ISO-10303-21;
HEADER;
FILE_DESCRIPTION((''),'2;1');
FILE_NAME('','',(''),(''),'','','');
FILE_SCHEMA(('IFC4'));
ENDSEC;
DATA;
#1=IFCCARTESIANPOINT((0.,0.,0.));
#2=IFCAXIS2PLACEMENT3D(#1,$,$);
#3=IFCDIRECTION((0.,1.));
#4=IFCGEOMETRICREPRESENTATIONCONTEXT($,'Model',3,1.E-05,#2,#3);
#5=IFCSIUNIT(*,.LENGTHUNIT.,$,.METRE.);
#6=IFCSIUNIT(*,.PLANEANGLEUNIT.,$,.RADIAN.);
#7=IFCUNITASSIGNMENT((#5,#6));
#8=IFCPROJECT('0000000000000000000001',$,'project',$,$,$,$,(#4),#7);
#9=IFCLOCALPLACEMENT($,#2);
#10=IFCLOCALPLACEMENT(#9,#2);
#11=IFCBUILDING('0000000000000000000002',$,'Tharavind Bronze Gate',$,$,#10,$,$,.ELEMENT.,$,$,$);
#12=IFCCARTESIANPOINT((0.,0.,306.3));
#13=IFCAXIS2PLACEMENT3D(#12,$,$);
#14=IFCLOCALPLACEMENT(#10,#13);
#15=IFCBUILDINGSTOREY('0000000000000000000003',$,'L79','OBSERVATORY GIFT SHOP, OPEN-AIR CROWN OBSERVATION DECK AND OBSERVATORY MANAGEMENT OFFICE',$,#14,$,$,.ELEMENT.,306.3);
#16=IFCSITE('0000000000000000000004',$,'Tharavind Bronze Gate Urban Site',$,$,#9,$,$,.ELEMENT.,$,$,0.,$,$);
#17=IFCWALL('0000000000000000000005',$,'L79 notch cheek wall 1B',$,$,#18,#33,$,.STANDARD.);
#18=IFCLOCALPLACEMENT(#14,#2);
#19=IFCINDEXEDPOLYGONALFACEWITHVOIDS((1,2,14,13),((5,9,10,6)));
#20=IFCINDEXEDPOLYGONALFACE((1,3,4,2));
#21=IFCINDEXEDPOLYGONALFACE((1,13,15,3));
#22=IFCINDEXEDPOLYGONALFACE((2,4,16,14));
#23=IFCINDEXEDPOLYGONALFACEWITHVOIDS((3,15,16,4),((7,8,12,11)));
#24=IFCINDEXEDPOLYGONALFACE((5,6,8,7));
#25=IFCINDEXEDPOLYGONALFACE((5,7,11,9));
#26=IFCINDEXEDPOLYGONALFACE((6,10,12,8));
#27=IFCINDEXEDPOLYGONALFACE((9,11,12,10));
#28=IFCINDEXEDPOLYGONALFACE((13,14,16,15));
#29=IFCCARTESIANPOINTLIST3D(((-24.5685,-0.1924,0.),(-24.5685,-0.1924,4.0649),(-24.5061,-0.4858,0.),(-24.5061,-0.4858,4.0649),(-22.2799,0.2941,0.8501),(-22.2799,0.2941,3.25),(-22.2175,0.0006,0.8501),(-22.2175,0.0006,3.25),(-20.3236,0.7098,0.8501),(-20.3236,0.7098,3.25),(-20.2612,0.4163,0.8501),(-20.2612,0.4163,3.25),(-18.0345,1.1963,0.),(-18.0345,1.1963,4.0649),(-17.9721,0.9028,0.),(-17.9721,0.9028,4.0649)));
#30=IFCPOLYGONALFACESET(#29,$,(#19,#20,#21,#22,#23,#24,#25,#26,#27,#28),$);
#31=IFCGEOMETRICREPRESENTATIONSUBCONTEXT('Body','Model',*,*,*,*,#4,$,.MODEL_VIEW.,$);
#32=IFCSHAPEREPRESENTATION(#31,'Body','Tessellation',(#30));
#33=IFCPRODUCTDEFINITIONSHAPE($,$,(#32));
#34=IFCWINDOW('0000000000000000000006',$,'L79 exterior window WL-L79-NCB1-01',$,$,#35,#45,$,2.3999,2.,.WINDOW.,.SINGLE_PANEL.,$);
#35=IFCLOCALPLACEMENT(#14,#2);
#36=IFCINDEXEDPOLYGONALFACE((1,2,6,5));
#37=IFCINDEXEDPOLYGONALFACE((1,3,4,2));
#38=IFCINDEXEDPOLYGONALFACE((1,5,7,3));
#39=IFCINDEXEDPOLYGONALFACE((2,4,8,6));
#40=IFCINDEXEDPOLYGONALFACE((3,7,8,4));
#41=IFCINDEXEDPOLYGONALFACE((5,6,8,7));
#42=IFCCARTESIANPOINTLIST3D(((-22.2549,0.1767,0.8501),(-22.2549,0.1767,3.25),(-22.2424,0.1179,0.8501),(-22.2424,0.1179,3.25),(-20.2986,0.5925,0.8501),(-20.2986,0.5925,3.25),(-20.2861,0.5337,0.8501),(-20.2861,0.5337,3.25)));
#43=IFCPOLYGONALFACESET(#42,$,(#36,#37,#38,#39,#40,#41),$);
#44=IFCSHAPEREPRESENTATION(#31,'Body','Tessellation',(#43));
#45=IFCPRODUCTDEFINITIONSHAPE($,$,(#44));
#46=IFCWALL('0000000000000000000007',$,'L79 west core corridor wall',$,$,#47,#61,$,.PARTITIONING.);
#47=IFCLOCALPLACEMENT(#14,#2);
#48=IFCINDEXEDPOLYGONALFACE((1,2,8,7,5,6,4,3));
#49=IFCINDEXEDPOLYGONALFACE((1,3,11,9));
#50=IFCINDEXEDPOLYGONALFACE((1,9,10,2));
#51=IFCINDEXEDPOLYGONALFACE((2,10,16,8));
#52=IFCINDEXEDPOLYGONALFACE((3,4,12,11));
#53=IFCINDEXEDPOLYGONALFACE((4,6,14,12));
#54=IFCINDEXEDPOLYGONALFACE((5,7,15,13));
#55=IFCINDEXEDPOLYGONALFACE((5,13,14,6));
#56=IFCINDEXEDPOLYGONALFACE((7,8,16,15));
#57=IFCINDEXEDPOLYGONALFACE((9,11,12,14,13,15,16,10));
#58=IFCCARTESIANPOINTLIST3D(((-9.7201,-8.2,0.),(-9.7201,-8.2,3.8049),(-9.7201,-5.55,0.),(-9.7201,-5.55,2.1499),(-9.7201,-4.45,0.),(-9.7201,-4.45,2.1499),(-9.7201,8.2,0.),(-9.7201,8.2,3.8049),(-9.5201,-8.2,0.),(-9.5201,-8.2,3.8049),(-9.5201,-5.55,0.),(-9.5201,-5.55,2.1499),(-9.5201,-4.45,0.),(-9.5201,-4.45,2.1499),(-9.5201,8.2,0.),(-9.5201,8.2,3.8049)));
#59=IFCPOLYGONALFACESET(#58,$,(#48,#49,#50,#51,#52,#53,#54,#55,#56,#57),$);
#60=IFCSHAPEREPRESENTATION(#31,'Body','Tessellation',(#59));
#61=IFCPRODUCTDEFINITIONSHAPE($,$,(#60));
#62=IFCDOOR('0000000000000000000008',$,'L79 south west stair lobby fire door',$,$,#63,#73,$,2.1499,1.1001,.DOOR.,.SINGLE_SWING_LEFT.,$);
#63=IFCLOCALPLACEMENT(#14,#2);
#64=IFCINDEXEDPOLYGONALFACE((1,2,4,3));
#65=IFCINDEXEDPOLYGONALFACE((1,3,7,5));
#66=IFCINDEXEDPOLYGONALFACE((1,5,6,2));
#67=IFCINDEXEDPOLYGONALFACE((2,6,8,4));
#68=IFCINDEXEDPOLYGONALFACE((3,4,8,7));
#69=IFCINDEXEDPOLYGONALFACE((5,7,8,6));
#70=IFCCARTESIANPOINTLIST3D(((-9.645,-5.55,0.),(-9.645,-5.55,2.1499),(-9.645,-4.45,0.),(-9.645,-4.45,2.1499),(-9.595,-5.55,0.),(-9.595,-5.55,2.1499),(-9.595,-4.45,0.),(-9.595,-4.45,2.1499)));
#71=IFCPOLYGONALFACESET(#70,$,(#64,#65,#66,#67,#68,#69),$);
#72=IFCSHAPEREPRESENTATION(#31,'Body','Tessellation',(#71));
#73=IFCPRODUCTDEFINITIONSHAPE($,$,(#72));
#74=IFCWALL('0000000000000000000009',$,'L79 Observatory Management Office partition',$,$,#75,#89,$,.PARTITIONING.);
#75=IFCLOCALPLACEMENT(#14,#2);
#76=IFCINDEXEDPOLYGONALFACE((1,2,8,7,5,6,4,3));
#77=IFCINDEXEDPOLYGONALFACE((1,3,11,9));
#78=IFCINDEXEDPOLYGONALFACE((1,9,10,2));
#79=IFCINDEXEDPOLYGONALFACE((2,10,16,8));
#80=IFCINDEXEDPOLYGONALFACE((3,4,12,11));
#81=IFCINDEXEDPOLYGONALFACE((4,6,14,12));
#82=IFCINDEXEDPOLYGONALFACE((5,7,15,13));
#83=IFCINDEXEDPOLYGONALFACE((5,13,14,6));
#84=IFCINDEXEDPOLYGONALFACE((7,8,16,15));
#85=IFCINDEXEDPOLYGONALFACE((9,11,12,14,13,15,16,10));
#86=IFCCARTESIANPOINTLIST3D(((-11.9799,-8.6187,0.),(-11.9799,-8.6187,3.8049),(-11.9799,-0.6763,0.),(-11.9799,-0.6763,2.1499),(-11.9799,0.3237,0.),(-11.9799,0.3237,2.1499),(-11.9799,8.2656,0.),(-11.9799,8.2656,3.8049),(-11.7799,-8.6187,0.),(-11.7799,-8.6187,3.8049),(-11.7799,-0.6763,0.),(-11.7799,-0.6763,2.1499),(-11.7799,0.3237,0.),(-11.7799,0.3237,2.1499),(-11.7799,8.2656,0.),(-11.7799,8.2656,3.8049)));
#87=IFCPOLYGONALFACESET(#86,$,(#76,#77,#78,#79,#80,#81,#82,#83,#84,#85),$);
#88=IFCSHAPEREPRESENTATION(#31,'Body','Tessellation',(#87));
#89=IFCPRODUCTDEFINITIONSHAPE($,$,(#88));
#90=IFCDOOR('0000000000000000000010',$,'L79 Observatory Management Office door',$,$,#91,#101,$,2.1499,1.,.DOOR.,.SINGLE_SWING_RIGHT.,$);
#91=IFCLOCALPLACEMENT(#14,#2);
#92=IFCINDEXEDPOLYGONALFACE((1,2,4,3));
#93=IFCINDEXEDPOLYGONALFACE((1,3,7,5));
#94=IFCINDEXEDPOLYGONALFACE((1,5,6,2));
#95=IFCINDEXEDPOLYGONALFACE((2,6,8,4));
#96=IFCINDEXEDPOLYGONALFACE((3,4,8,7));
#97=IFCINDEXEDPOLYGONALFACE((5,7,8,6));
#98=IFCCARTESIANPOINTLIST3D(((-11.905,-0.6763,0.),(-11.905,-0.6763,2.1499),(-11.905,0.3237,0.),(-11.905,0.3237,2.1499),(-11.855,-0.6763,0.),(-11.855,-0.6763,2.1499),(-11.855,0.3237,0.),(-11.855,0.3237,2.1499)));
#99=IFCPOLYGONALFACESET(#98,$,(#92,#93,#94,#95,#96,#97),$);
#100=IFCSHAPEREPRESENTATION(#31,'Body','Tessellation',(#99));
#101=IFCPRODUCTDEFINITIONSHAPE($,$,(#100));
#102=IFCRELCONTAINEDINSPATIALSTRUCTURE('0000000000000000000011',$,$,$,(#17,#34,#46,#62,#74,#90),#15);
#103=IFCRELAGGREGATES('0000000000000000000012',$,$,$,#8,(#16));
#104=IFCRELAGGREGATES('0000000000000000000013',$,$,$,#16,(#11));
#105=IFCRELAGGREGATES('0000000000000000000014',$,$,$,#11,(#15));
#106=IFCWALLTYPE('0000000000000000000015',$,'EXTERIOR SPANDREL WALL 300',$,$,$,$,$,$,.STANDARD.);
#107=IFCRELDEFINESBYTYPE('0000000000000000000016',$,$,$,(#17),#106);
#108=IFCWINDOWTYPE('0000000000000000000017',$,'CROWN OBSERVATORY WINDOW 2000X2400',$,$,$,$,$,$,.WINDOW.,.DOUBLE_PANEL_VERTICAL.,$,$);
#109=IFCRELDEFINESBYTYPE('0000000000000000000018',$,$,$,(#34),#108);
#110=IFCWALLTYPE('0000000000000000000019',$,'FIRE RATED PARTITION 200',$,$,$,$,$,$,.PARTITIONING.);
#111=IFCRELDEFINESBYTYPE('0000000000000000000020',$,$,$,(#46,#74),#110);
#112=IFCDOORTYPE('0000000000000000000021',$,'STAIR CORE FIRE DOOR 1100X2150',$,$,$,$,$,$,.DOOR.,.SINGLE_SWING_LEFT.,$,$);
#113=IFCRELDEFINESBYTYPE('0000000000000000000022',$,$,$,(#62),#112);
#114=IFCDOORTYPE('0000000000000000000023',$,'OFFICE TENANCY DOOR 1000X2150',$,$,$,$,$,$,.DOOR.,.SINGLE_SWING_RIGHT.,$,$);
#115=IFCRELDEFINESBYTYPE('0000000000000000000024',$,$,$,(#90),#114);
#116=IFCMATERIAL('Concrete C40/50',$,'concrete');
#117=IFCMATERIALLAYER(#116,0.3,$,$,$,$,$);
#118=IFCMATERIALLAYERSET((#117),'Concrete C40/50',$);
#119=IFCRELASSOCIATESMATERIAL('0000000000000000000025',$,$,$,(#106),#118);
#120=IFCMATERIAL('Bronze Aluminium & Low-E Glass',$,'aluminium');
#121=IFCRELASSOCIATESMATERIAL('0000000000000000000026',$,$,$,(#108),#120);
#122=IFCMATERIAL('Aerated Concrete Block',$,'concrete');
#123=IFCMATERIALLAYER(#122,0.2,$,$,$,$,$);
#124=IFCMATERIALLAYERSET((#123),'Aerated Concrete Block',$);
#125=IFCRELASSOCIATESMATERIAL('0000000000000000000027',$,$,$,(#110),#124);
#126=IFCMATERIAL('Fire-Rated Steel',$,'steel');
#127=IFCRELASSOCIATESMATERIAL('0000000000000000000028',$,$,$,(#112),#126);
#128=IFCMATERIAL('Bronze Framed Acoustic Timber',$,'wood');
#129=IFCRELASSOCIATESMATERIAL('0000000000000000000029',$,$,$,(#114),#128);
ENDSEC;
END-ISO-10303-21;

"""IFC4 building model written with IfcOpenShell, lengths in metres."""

from ifc_helpers import new_model, si_unit, direction, frame, frame_2d, origin, place, context, subcontext, project, spatial, rectangle, extrude, material, layer, layer_set, type_object, element, fill, save


model = new_model("IFC4")

# Units and contexts
model_context = context("Model", 3, precision=1e-05, world=origin(), true_north=direction((0.0, 1.0)))
body_context = subcontext(model_context, "Body", "Model", "MODEL_VIEW")
ifc_project = project(units=[si_unit("LENGTHUNIT", "METRE"), si_unit("PLANEANGLEUNIT", "RADIAN")], contexts=[model_context])

# Site, building, storey
site_placement = place(None, origin())
site = spatial("IfcSite", under=ifc_project, at=site_placement, Name="Tharavind Bronze Gate Urban Site", CompositionType="ELEMENT", RefElevation=0.0)
building_placement = place(site_placement, origin())
building = spatial("IfcBuilding", under=site, at=building_placement, Name="Tharavind Bronze Gate", CompositionType="ELEMENT")
storey_placement = place(building_placement, frame((0.0, 0.0, 306.3)))
storey = spatial("IfcBuildingStorey", under=building, at=storey_placement, Name="L79", Description="OBSERVATORY GIFT SHOP, OPEN-AIR CROWN OBSERVATION DECK AND OBSERVATORY MANAGEMENT OFFICE", CompositionType="ELEMENT", Elevation=306.3)

# Wall, opening, window
ifc_material_1 = material(Name="Concrete C40/50", Category="concrete")
ifc_layer_1 = layer(ifc_material_1, 0.3)
ifc_layer_set_1 = layer_set([ifc_layer_1], Name="Concrete C40/50")
wall_type_1 = type_object("IfcWallType", Name="EXTERIOR SPANDREL WALL 300", PredefinedType="STANDARD", material=ifc_layer_set_1)
ifc_material_2 = material(Name="Bronze Aluminium & Low-E Glass", Category="aluminium")
window_type = type_object("IfcWindowType", Name="CROWN OBSERVATORY WINDOW 2000X2400", PartitioningType="DOUBLE_PANEL_VERTICAL", PredefinedType="WINDOW", material=ifc_material_2)
wall_1_placement = place(storey_placement, frame((-18.0034, 1.0496, 0.0), z_axis=(0.0, 0.0, 1.0), x_axis=(-0.978152, -0.207889, 0.0)))
wall_1 = element("IfcWall", 1, at=wall_1_placement, inside=storey, type_object=wall_type_1, Name="L79 notch cheek wall 1B", PredefinedType="STANDARD", context=body_context, shape_type="SweptSolid", body=[
    extrude(rectangle(XDim=6.6799, YDim=0.3, at=frame_2d((3.3398, 0.0))), origin(), (0.0, 0.0, 1.0), 4.0649),
])
opening_1_placement = place(wall_1_placement, frame((2.3401, 0.0, 0.8501)))
opening_1 = element("IfcOpeningElement", 2, at=opening_1_placement, cuts=wall_1, PredefinedType="OPENING", context=body_context, shape_type="SweptSolid", body=[
    extrude(rectangle(XDim=2.0, YDim=2.3999, at=frame_2d((1.0, 1.2))), frame((0.0, 0.1599, 0.0), z_axis=(0.0, -1.0, 0.0), x_axis=(1.0, 0.0, 0.0)), (0.0, 0.0, 1.0), 0.32),
])
window_1_placement = place(opening_1_placement, origin())
window_1 = element("IfcWindow", 3, at=window_1_placement, inside=storey, type_object=window_type, Name="L79 exterior window WL-L79-NCB1-01", OverallHeight=2.3999, OverallWidth=2.0, PartitioningType="SINGLE_PANEL", PredefinedType="WINDOW", context=body_context, shape_type="SweptSolid", body=[
    extrude(rectangle(XDim=2.0, YDim=2.3999, at=frame_2d((1.0, 1.2))), frame((0.0, 0.03, 0.0), z_axis=(0.0, -1.0, 0.0), x_axis=(1.0, 0.0, 0.0)), (0.0, 0.0, 1.0), 0.0601),
])
fill(opening_1, window_1)

# Walls, openings, doors
ifc_material_3 = material(Name="Aerated Concrete Block", Category="concrete")
ifc_layer_2 = layer(ifc_material_3, 0.2)
ifc_layer_set_2 = layer_set([ifc_layer_2], Name="Aerated Concrete Block")
wall_type_2 = type_object("IfcWallType", Name="FIRE RATED PARTITION 200", PredefinedType="PARTITIONING", material=ifc_layer_set_2)
wall_2_placement = place(storey_placement, frame((-9.6201, 8.2, 0.0), z_axis=(0.0, 0.0, 1.0), x_axis=(0.0, -1.0, 0.0)))
wall_2 = element("IfcWall", 4, at=wall_2_placement, inside=storey, type_object=wall_type_2, Name="L79 west core corridor wall", PredefinedType="PARTITIONING", context=body_context, shape_type="SweptSolid", body=[
    extrude(rectangle(XDim=16.3999, YDim=0.2, at=frame_2d((8.2, 0.0))), origin(), (0.0, 0.0, 1.0), 3.8049),
])
opening_2_placement = place(wall_2_placement, frame((12.6499, 0.0, 0.0)))
opening_2 = element("IfcOpeningElement", 5, at=opening_2_placement, cuts=wall_2, PredefinedType="OPENING", context=body_context, shape_type="SweptSolid", body=[
    extrude(rectangle(XDim=1.1001, YDim=2.1499, at=frame_2d((0.55, 1.075))), frame((0.0, 0.1101, 0.0), z_axis=(0.0, -1.0, 0.0), x_axis=(1.0, 0.0, 0.0)), (0.0, 0.0, 1.0), 0.22),
])
ifc_material_4 = material(Name="Fire-Rated Steel", Category="steel")
door_type_1 = type_object("IfcDoorType", Name="STAIR CORE FIRE DOOR 1100X2150", OperationType="SINGLE_SWING_LEFT", PredefinedType="DOOR", material=ifc_material_4)
door_1_placement = place(opening_2_placement, frame((1.1001, 0.0, 0.0), z_axis=(0.0, 0.0, 1.0), x_axis=(-1.0, 0.0, 0.0)))
door_1 = element("IfcDoor", 6, at=door_1_placement, inside=storey, type_object=door_type_1, Name="L79 south west stair lobby fire door", OperationType="SINGLE_SWING_LEFT", OverallHeight=2.1499, OverallWidth=1.1001, PredefinedType="DOOR", context=body_context, shape_type="SweptSolid", body=[
    extrude(rectangle(XDim=1.1001, YDim=2.1499, at=frame_2d((0.55, 1.075))), frame((0.0, 0.0249, 0.0), z_axis=(0.0, -1.0, 0.0), x_axis=(1.0, 0.0, 0.0)), (0.0, 0.0, 1.0), 0.05),
])
fill(opening_2, door_1)
wall_3_placement = place(storey_placement, frame((-11.8799, 8.2656, 0.0), z_axis=(0.0, 0.0, 1.0), x_axis=(0.0, -1.0, 0.0)))
wall_3 = element("IfcWall", 7, at=wall_3_placement, inside=storey, type_object=wall_type_2, Name="L79 Observatory Management Office partition", PredefinedType="PARTITIONING", context=body_context, shape_type="SweptSolid", body=[
    extrude(rectangle(XDim=16.8843, YDim=0.2, at=frame_2d((8.4421, 0.0))), origin(), (0.0, 0.0, 1.0), 3.8049),
])
opening_3_placement = place(wall_3_placement, frame((7.9419, 0.0, 0.0)))
opening_3 = element("IfcOpeningElement", 8, at=opening_3_placement, cuts=wall_3, PredefinedType="OPENING", context=body_context, shape_type="SweptSolid", body=[
    extrude(rectangle(XDim=1.0, YDim=2.1499, at=frame_2d((0.5, 1.075))), frame((0.0, 0.1101, 0.0), z_axis=(0.0, -1.0, 0.0), x_axis=(1.0, 0.0, 0.0)), (0.0, 0.0, 1.0), 0.22),
])
ifc_material_5 = material(Name="Bronze Framed Acoustic Timber", Category="wood")
door_type_2 = type_object("IfcDoorType", Name="OFFICE TENANCY DOOR 1000X2150", OperationType="SINGLE_SWING_RIGHT", PredefinedType="DOOR", material=ifc_material_5)
door_2_placement = place(opening_3_placement, origin())
door_2 = element("IfcDoor", 9, at=door_2_placement, inside=storey, type_object=door_type_2, Name="L79 Observatory Management Office door", OperationType="SINGLE_SWING_RIGHT", OverallHeight=2.1499, OverallWidth=1.0, PredefinedType="DOOR", context=body_context, shape_type="SweptSolid", body=[
    extrude(rectangle(XDim=1.0, YDim=2.1499, at=frame_2d((0.5, 1.075))), frame((0.0, 0.0249, 0.0), z_axis=(0.0, -1.0, 0.0), x_axis=(1.0, 0.0, 0.0)), (0.0, 0.0, 1.0), 0.05),
])
fill(opening_3, door_2)

save(model, "model.ifc")
